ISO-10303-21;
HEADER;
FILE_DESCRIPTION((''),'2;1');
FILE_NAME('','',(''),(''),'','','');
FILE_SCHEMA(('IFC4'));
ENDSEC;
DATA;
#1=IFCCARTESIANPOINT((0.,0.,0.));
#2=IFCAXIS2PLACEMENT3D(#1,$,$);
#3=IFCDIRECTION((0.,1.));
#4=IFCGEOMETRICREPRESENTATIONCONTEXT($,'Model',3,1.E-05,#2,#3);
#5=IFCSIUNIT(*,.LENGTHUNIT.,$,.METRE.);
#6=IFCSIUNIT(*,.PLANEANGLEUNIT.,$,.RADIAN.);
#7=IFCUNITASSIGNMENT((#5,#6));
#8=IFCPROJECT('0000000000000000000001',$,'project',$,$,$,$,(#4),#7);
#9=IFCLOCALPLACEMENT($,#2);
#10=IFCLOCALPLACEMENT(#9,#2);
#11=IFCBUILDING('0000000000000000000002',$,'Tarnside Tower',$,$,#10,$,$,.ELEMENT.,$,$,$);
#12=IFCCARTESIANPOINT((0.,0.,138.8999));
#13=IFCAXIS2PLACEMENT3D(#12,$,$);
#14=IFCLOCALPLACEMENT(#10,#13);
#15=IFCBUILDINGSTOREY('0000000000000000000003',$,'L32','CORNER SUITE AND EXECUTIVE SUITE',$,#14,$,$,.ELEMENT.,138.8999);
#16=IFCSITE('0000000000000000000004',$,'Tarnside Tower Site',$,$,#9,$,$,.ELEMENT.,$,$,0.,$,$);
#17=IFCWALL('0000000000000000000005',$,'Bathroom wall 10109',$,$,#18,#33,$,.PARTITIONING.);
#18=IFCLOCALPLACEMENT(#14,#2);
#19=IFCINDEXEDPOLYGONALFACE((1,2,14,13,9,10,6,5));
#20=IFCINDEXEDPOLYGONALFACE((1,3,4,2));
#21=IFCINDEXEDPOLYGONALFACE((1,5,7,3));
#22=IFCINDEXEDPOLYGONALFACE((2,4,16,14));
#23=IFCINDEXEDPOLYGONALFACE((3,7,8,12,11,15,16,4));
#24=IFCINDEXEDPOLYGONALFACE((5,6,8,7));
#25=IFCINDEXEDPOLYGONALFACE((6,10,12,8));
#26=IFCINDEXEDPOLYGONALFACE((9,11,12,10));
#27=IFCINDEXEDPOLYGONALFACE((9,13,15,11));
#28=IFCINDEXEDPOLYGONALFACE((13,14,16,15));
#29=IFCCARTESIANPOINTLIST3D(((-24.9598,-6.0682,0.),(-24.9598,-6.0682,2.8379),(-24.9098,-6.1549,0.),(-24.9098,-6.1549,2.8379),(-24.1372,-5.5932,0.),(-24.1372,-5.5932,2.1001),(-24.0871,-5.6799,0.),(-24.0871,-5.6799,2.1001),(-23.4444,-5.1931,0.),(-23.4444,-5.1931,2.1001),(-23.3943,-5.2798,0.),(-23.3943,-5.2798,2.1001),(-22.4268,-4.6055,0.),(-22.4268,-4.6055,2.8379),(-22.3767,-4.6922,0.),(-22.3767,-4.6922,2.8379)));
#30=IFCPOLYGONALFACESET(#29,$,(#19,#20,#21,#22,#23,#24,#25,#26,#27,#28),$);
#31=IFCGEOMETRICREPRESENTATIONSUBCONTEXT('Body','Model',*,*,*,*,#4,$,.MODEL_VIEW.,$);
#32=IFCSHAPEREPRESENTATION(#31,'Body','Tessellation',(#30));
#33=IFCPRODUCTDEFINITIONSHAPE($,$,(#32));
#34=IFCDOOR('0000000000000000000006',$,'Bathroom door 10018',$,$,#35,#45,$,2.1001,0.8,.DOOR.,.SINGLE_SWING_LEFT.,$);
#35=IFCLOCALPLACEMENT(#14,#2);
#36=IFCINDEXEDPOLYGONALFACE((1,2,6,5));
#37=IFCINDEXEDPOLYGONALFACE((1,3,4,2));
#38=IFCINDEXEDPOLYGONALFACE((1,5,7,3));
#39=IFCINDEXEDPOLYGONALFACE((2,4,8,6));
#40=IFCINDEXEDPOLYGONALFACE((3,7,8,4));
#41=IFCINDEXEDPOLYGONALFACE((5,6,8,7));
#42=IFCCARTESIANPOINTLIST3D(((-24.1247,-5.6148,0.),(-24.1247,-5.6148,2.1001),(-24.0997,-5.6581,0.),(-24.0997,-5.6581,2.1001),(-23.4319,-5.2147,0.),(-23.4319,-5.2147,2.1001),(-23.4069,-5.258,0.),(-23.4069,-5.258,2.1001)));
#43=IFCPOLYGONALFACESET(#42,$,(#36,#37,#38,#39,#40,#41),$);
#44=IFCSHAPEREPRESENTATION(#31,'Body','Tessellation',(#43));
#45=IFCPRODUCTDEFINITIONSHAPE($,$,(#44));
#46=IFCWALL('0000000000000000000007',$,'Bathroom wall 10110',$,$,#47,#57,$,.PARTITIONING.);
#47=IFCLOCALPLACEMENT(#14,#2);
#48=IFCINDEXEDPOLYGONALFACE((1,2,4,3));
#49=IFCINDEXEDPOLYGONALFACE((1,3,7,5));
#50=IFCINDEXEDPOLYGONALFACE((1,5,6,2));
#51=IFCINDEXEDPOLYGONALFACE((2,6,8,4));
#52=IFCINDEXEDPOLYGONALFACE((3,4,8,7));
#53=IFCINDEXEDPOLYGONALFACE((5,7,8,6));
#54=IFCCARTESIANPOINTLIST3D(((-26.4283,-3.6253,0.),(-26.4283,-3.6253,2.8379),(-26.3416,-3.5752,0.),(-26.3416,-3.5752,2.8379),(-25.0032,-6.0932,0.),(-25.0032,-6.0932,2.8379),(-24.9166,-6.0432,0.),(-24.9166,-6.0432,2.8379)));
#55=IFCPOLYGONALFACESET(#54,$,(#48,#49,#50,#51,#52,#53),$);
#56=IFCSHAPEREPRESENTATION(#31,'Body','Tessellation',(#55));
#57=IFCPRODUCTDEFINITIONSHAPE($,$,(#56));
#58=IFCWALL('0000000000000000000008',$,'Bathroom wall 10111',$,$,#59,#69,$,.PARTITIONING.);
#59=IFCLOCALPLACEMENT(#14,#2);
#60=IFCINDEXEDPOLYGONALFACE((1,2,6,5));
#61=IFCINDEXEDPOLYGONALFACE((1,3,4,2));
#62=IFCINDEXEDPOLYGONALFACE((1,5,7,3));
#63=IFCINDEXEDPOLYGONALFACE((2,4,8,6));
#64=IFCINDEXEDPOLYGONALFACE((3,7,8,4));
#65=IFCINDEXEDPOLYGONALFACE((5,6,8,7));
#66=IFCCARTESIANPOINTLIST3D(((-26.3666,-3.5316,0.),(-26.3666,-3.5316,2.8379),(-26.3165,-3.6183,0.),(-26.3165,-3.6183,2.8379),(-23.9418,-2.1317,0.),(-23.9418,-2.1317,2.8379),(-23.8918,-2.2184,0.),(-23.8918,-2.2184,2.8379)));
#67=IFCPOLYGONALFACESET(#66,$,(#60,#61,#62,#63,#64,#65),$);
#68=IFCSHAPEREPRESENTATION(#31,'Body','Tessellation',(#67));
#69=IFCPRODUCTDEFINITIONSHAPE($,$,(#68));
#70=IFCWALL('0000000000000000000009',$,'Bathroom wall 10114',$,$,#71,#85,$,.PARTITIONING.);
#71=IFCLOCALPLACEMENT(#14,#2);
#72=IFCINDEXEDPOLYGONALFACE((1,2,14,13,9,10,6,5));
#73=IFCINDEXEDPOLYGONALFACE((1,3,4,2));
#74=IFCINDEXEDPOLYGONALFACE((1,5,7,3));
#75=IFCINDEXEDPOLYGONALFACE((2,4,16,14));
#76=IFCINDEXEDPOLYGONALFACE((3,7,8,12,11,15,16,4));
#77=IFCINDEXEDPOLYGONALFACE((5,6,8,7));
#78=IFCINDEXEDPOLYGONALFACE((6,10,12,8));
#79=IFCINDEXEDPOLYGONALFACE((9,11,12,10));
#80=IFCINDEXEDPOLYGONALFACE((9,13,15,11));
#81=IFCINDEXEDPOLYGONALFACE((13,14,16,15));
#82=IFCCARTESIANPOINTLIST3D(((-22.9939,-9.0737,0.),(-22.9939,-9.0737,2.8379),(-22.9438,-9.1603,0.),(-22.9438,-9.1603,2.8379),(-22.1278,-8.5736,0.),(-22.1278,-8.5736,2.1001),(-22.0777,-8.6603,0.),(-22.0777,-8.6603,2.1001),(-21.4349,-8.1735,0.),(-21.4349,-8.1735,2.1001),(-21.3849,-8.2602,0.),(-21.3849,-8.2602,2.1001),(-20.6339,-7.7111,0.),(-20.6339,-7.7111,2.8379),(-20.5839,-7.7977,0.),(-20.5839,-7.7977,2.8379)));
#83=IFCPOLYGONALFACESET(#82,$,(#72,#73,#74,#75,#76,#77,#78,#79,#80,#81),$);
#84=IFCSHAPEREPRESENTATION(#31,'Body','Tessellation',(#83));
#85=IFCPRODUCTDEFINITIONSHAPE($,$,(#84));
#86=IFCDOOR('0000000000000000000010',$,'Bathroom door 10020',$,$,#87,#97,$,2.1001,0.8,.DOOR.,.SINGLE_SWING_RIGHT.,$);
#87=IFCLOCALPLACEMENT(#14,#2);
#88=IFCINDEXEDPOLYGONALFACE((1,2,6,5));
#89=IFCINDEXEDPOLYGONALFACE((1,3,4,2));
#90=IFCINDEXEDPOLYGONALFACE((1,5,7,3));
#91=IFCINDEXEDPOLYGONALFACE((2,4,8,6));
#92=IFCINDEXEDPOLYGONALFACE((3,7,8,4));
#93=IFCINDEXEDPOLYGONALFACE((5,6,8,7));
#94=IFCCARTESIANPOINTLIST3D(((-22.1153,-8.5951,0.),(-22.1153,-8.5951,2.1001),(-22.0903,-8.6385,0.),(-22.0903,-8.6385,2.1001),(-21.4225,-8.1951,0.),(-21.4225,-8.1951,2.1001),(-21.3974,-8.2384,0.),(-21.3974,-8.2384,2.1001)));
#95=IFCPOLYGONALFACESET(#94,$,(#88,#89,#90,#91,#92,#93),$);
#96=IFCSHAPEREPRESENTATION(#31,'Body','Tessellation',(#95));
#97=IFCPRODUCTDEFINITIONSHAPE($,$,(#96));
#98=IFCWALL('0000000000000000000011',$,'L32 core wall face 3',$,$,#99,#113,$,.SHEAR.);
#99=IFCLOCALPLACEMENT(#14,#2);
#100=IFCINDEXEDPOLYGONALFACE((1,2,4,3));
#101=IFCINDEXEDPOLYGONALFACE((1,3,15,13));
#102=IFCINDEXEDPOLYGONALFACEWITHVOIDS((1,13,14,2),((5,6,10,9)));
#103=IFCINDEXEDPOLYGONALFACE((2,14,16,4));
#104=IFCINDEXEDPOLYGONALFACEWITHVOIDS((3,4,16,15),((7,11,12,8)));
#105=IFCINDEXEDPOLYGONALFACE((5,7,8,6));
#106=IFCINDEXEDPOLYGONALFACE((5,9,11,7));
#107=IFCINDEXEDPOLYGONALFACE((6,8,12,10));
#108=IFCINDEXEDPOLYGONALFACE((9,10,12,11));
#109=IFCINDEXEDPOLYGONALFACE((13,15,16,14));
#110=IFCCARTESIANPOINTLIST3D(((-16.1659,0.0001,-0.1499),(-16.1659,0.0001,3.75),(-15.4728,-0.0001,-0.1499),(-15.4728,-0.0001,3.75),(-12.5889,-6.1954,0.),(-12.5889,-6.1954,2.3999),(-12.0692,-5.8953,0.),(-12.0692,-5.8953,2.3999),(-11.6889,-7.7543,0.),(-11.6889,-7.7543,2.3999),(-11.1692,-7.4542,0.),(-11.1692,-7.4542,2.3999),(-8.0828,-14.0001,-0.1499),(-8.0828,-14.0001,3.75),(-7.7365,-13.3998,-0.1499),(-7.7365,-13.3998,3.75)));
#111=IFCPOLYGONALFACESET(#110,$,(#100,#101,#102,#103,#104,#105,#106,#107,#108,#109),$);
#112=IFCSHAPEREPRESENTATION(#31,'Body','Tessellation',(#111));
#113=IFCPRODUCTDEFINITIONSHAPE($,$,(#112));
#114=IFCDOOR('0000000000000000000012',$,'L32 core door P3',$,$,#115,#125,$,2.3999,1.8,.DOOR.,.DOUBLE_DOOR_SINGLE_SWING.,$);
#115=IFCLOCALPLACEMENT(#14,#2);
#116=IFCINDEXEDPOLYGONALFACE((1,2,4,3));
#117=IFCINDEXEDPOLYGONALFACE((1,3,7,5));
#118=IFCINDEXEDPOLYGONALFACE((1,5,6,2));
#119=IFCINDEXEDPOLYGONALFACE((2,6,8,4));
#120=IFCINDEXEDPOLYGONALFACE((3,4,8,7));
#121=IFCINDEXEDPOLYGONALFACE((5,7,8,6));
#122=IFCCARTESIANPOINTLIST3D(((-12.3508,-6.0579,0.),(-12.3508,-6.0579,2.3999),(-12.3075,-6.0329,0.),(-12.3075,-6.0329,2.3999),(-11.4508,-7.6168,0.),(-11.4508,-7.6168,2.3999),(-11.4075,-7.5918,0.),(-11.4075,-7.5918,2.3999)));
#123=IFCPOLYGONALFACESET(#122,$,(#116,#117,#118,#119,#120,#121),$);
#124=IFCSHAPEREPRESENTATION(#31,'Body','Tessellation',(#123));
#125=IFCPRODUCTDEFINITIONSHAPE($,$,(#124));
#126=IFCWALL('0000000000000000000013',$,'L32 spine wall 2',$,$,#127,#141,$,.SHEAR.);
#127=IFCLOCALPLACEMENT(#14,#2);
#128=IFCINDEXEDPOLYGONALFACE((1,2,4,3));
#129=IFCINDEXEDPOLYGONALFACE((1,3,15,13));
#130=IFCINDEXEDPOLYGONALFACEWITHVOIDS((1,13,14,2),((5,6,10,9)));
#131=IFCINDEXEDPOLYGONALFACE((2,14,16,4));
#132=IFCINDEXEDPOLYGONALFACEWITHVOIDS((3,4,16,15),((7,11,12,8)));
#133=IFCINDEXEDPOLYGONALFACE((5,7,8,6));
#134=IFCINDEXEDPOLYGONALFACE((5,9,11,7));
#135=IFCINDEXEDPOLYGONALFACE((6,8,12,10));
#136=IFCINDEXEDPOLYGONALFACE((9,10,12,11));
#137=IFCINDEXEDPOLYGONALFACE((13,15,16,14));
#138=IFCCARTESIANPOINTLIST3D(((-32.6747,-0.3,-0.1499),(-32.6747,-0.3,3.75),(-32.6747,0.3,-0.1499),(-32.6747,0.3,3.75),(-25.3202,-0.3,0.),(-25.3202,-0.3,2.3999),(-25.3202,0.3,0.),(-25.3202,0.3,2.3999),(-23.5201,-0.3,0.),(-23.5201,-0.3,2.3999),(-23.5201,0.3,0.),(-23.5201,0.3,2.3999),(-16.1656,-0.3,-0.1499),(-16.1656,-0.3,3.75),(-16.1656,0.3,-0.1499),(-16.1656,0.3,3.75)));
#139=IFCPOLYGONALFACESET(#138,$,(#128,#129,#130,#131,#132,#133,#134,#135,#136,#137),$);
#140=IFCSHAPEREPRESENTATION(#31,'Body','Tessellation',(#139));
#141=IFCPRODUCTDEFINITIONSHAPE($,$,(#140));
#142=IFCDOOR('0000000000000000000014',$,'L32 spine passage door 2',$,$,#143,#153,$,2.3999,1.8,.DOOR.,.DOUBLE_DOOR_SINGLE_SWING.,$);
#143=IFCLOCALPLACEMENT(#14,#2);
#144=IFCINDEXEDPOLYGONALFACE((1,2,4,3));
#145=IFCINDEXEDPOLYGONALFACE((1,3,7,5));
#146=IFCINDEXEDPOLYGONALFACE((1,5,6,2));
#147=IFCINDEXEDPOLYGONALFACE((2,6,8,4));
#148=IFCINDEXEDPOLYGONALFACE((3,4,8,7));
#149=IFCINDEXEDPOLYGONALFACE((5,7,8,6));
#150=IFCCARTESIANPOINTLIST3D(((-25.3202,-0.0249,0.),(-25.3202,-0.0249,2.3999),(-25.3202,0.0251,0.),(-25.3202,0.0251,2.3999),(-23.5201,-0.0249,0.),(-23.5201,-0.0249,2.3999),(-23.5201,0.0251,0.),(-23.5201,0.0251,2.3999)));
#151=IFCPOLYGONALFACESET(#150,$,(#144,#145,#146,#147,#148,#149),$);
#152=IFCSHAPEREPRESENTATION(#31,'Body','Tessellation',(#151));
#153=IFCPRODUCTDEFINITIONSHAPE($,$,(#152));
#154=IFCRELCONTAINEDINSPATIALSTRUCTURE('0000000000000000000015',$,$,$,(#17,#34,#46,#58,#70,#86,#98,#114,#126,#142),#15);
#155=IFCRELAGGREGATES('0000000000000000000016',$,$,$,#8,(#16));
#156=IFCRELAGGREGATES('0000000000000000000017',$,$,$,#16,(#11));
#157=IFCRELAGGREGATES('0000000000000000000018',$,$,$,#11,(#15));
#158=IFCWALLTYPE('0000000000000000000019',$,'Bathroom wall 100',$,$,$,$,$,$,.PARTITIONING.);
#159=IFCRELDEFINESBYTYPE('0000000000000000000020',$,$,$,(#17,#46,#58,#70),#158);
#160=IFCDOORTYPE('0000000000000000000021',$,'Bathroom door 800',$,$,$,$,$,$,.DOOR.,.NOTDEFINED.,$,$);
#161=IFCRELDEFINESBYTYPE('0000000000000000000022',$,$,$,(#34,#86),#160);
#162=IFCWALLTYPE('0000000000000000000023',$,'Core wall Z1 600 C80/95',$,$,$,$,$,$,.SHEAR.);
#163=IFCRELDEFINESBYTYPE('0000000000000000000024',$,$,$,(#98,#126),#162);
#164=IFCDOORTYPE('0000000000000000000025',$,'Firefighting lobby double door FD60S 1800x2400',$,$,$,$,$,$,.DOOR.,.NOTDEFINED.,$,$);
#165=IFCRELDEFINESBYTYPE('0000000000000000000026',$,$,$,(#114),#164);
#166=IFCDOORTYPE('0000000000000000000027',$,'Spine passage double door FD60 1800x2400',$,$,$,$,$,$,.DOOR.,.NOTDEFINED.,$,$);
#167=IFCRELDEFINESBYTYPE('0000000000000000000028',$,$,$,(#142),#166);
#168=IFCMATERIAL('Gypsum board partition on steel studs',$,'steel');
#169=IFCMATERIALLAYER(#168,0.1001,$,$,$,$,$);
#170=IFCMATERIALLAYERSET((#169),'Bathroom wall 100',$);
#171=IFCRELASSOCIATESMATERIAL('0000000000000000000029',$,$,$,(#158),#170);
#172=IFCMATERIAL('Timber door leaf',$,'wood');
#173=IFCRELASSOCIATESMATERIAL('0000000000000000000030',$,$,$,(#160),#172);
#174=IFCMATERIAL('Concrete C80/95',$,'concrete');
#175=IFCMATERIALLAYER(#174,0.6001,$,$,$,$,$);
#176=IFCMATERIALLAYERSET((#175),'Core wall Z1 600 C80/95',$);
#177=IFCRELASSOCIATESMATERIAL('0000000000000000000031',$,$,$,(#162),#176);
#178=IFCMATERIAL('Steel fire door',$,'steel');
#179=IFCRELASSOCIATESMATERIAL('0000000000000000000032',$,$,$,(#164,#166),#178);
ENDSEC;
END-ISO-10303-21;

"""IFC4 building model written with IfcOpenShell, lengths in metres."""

from ifc_helpers import new_model, si_unit, direction, frame, frame_2d, origin, place, context, subcontext, project, spatial, polyline, rectangle, outline, extrude, material, layer, layer_set, type_object, element, fill, save


model = new_model("IFC4")

# Units and contexts
model_context = context("Model", 3, precision=1e-05, world=origin(), true_north=direction((0.0, 1.0)))
body_context = subcontext(model_context, "Body", "Model", "MODEL_VIEW")
ifc_project = project(units=[si_unit("LENGTHUNIT", "METRE"), si_unit("PLANEANGLEUNIT", "RADIAN")], contexts=[model_context])

# Site, building, storey
site_placement = place(None, origin())
site = spatial("IfcSite", under=ifc_project, at=site_placement, Name="Tarnside Tower Site", CompositionType="ELEMENT", RefElevation=0.0)
building_placement = place(site_placement, origin())
building = spatial("IfcBuilding", under=site, at=building_placement, Name="Tarnside Tower", CompositionType="ELEMENT")
storey_placement = place(building_placement, frame((0.0, 0.0, 138.8999)))
storey = spatial("IfcBuildingStorey", under=building, at=storey_placement, Name="L32", Description="CORNER SUITE AND EXECUTIVE SUITE", CompositionType="ELEMENT", Elevation=138.8999)

# Wall, opening, door
ifc_material_1 = material(Name="Gypsum board partition on steel studs", Category="steel")
ifc_layer_1 = layer(ifc_material_1, 0.1001)
ifc_layer_set_1 = layer_set([ifc_layer_1], Name="Bathroom wall 100")
wall_type_1 = type_object("IfcWallType", Name="Bathroom wall 100", PredefinedType="PARTITIONING", material=ifc_layer_set_1)
wall_1_placement = place(storey_placement, frame((-22.4019, -4.6489, 0.0), z_axis=(0.0, 0.0, 1.0), x_axis=(-0.86599, -0.500062, 0.0)))
wall_1 = element("IfcWall", 1, at=wall_1_placement, inside=storey, type_object=wall_type_1, Name="Bathroom wall 10109", PredefinedType="PARTITIONING", context=body_context, shape_type="SweptSolid", body=[
    extrude(rectangle(XDim=2.925, YDim=0.1001, at=frame_2d((1.4624, 0.0))), origin(), (0.0, 0.0, 1.0), 2.8379),
])
opening_1_placement = place(wall_1_placement, frame((1.175, 0.0, 0.0)))
opening_1 = element("IfcOpeningElement", 2, at=opening_1_placement, cuts=wall_1, PredefinedType="OPENING", context=body_context, shape_type="SweptSolid", body=[
    extrude(rectangle(XDim=0.8, YDim=2.1001, at=frame_2d((0.3999, 1.05))), frame((0.0, 0.0601, 0.0), z_axis=(0.0, -1.0, 0.0), x_axis=(1.0, 0.0, 0.0)), (0.0, 0.0, 1.0), 0.1201),
])
ifc_material_2 = material(Name="Timber door leaf", Category="wood")
door_type_1 = type_object("IfcDoorType", Name="Bathroom door 800", OperationType="NOTDEFINED", PredefinedType="DOOR", material=ifc_material_2)
door_1_placement = place(opening_1_placement, origin())
door_1 = element("IfcDoor", 3, at=door_1_placement, inside=storey, type_object=door_type_1, Name="Bathroom door 10018", OperationType="SINGLE_SWING_LEFT", OverallHeight=2.1001, OverallWidth=0.8, PredefinedType="DOOR", context=body_context, shape_type="SweptSolid", body=[
    extrude(rectangle(XDim=0.8, YDim=2.1001, at=frame_2d((0.3999, 1.05))), frame((0.0, 0.0249, 0.0), z_axis=(0.0, -1.0, 0.0), x_axis=(1.0, 0.0, 0.0)), (0.0, 0.0, 1.0), 0.05),
])
fill(opening_1, door_1)

# Walls
wall_2_placement = place(storey_placement, frame((-24.96, -6.0681, 0.0), z_axis=(0.0, 0.0, 1.0), x_axis=(-0.500036, 0.866004, 0.0)))
element("IfcWall", 4, at=wall_2_placement, inside=storey, type_object=wall_type_1, Name="Bathroom wall 10110", PredefinedType="PARTITIONING", context=body_context, shape_type="SweptSolid", body=[
    extrude(rectangle(XDim=2.8499, YDim=0.1001, at=frame_2d((1.4248, 0.0))), origin(), (0.0, 0.0, 1.0), 2.8379),
])
wall_3_placement = place(storey_placement, frame((-26.3416, -3.575, 0.0), z_axis=(0.0, 0.0, 1.0), x_axis=(0.866035, 0.499984, 0.0)))
element("IfcWall", 5, at=wall_3_placement, inside=storey, type_object=wall_type_1, Name="Bathroom wall 10111", PredefinedType="PARTITIONING", context=body_context, shape_type="SweptSolid", body=[
    extrude(rectangle(XDim=2.7998, YDim=0.1001, at=frame_2d((1.3999, 0.0))), origin(), (0.0, 0.0, 1.0), 2.8379),
])

# Walls, openings, doors
wall_4_placement = place(storey_placement, frame((-20.6089, -7.7544, 0.0), z_axis=(0.0, 0.0, 1.0), x_axis=(-0.866013, -0.500022, 0.0)))
wall_4 = element("IfcWall", 6, at=wall_4_placement, inside=storey, type_object=wall_type_1, Name="Bathroom wall 10114", PredefinedType="PARTITIONING", context=body_context, shape_type="SweptSolid", body=[
    extrude(rectangle(XDim=2.7251, YDim=0.1001, at=frame_2d((1.3625, 0.0))), origin(), (0.0, 0.0, 1.0), 2.8379),
])
opening_2_placement = place(wall_4_placement, frame((0.925, 0.0, 0.0)))
opening_2 = element("IfcOpeningElement", 7, at=opening_2_placement, cuts=wall_4, PredefinedType="OPENING", context=body_context, shape_type="SweptSolid", body=[
    extrude(rectangle(XDim=0.8, YDim=2.1001, at=frame_2d((0.3999, 1.05))), frame((0.0, 0.0601, 0.0), z_axis=(0.0, -1.0, 0.0), x_axis=(1.0, 0.0, 0.0)), (0.0, 0.0, 1.0), 0.1201),
])
door_2_placement = place(opening_2_placement, origin())
door_2 = element("IfcDoor", 8, at=door_2_placement, inside=storey, type_object=door_type_1, Name="Bathroom door 10020", OperationType="SINGLE_SWING_RIGHT", OverallHeight=2.1001, OverallWidth=0.8, PredefinedType="DOOR", context=body_context, shape_type="SweptSolid", body=[
    extrude(rectangle(XDim=0.8, YDim=2.1001, at=frame_2d((0.3999, 1.05))), frame((0.0, 0.0249, 0.0), z_axis=(0.0, -1.0, 0.0), x_axis=(1.0, 0.0, 0.0)), (0.0, 0.0, 1.0), 0.05),
])
fill(opening_2, door_2)
ifc_material_3 = material(Name="Concrete C80/95", Category="concrete")
ifc_layer_2 = layer(ifc_material_3, 0.6001)
ifc_layer_set_2 = layer_set([ifc_layer_2], Name="Core wall Z1 600 C80/95")
wall_type_2 = type_object("IfcWallType", Name="Core wall Z1 600 C80/95", PredefinedType="SHEAR", material=ifc_layer_set_2)
wall_5_placement = place(storey_placement, frame((-15.8193, 0.0, -0.1499), z_axis=(0.0, 0.0, 1.0), x_axis=(0.5, -0.866025, 0.0)))
wall_5 = element("IfcWall", 9, at=wall_5_placement, inside=storey, type_object=wall_type_2, Name="L32 core wall face 3", PredefinedType="SHEAR", context=body_context, shape_type="SweptSolid", body=[
    extrude(outline(polyline([(-0.1733, -0.3), (15.9927, -0.3), (15.646, 0.3), (0.1733, 0.3), (-0.1733, -0.3)])), origin(), (0.0, 0.0, 1.0), 3.8999),
])
opening_3_placement = place(wall_5_placement, frame((6.9807, 0.0, 0.1499)))
opening_3 = element("IfcOpeningElement", 10, at=opening_3_placement, cuts=wall_5, PredefinedType="OPENING", context=body_context, shape_type="SweptSolid", body=[
    extrude(rectangle(XDim=1.8, YDim=2.3999, at=frame_2d((0.8999, 1.2))), frame((0.0, 0.3101, 0.0), z_axis=(0.0, -1.0, 0.0), x_axis=(1.0, 0.0, 0.0)), (0.0, 0.0, 1.0), 0.6201),
])
ifc_material_4 = material(Name="Steel fire door", Category="steel")
door_type_2 = type_object("IfcDoorType", Name="Firefighting lobby double door FD60S 1800x2400", OperationType="NOTDEFINED", PredefinedType="DOOR", material=ifc_material_4)
door_3_placement = place(opening_3_placement, origin())
door_3 = element("IfcDoor", 11, at=door_3_placement, inside=storey, type_object=door_type_2, Name="L32 core door P3", OperationType="DOUBLE_DOOR_SINGLE_SWING", OverallHeight=2.3999, OverallWidth=1.8, PredefinedType="DOOR", context=body_context, shape_type="SweptSolid", body=[
    extrude(rectangle(XDim=1.8, YDim=2.3999, at=frame_2d((0.8999, 1.2))), frame((0.0, 0.0249, 0.0), z_axis=(0.0, -1.0, 0.0), x_axis=(1.0, 0.0, 0.0)), (0.0, 0.0, 1.0), 0.05),
])
fill(opening_3, door_3)
wall_6_placement = place(storey_placement, frame((-16.1658, 0.0, -0.1499), z_axis=(0.0, 0.0, 1.0), x_axis=(-1.0, 0.0, 0.0)))
wall_6 = element("IfcWall", 12, at=wall_6_placement, inside=storey, type_object=wall_type_2, Name="L32 spine wall 2", PredefinedType="SHEAR", context=body_context, shape_type="SweptSolid", body=[
    extrude(rectangle(XDim=16.509, YDim=0.6001, at=frame_2d((8.2544, 0.0))), origin(), (0.0, 0.0, 1.0), 3.8999),
])
opening_4_placement = place(wall_6_placement, frame((7.3545, 0.0, 0.1499)))
opening_4 = element("IfcOpeningElement", 13, at=opening_4_placement, cuts=wall_6, PredefinedType="OPENING", context=body_context, shape_type="SweptSolid", body=[
    extrude(rectangle(XDim=1.8, YDim=2.3999, at=frame_2d((0.8999, 1.2))), frame((0.0, 0.3101, 0.0), z_axis=(0.0, -1.0, 0.0), x_axis=(1.0, 0.0, 0.0)), (0.0, 0.0, 1.0), 0.6201),
])
door_type_3 = type_object("IfcDoorType", Name="Spine passage double door FD60 1800x2400", OperationType="NOTDEFINED", PredefinedType="DOOR", material=ifc_material_4)
door_4_placement = place(opening_4_placement, origin())
door_4 = element("IfcDoor", 14, at=door_4_placement, inside=storey, type_object=door_type_3, Name="L32 spine passage door 2", OperationType="DOUBLE_DOOR_SINGLE_SWING", OverallHeight=2.3999, OverallWidth=1.8, PredefinedType="DOOR", context=body_context, shape_type="SweptSolid", body=[
    extrude(rectangle(XDim=1.8, YDim=2.3999, at=frame_2d((0.8999, 1.2))), frame((0.0, 0.0249, 0.0), z_axis=(0.0, -1.0, 0.0), x_axis=(1.0, 0.0, 0.0)), (0.0, 0.0, 1.0), 0.05),
])
fill(opening_4, door_4)

save(model, "model.ifc")
